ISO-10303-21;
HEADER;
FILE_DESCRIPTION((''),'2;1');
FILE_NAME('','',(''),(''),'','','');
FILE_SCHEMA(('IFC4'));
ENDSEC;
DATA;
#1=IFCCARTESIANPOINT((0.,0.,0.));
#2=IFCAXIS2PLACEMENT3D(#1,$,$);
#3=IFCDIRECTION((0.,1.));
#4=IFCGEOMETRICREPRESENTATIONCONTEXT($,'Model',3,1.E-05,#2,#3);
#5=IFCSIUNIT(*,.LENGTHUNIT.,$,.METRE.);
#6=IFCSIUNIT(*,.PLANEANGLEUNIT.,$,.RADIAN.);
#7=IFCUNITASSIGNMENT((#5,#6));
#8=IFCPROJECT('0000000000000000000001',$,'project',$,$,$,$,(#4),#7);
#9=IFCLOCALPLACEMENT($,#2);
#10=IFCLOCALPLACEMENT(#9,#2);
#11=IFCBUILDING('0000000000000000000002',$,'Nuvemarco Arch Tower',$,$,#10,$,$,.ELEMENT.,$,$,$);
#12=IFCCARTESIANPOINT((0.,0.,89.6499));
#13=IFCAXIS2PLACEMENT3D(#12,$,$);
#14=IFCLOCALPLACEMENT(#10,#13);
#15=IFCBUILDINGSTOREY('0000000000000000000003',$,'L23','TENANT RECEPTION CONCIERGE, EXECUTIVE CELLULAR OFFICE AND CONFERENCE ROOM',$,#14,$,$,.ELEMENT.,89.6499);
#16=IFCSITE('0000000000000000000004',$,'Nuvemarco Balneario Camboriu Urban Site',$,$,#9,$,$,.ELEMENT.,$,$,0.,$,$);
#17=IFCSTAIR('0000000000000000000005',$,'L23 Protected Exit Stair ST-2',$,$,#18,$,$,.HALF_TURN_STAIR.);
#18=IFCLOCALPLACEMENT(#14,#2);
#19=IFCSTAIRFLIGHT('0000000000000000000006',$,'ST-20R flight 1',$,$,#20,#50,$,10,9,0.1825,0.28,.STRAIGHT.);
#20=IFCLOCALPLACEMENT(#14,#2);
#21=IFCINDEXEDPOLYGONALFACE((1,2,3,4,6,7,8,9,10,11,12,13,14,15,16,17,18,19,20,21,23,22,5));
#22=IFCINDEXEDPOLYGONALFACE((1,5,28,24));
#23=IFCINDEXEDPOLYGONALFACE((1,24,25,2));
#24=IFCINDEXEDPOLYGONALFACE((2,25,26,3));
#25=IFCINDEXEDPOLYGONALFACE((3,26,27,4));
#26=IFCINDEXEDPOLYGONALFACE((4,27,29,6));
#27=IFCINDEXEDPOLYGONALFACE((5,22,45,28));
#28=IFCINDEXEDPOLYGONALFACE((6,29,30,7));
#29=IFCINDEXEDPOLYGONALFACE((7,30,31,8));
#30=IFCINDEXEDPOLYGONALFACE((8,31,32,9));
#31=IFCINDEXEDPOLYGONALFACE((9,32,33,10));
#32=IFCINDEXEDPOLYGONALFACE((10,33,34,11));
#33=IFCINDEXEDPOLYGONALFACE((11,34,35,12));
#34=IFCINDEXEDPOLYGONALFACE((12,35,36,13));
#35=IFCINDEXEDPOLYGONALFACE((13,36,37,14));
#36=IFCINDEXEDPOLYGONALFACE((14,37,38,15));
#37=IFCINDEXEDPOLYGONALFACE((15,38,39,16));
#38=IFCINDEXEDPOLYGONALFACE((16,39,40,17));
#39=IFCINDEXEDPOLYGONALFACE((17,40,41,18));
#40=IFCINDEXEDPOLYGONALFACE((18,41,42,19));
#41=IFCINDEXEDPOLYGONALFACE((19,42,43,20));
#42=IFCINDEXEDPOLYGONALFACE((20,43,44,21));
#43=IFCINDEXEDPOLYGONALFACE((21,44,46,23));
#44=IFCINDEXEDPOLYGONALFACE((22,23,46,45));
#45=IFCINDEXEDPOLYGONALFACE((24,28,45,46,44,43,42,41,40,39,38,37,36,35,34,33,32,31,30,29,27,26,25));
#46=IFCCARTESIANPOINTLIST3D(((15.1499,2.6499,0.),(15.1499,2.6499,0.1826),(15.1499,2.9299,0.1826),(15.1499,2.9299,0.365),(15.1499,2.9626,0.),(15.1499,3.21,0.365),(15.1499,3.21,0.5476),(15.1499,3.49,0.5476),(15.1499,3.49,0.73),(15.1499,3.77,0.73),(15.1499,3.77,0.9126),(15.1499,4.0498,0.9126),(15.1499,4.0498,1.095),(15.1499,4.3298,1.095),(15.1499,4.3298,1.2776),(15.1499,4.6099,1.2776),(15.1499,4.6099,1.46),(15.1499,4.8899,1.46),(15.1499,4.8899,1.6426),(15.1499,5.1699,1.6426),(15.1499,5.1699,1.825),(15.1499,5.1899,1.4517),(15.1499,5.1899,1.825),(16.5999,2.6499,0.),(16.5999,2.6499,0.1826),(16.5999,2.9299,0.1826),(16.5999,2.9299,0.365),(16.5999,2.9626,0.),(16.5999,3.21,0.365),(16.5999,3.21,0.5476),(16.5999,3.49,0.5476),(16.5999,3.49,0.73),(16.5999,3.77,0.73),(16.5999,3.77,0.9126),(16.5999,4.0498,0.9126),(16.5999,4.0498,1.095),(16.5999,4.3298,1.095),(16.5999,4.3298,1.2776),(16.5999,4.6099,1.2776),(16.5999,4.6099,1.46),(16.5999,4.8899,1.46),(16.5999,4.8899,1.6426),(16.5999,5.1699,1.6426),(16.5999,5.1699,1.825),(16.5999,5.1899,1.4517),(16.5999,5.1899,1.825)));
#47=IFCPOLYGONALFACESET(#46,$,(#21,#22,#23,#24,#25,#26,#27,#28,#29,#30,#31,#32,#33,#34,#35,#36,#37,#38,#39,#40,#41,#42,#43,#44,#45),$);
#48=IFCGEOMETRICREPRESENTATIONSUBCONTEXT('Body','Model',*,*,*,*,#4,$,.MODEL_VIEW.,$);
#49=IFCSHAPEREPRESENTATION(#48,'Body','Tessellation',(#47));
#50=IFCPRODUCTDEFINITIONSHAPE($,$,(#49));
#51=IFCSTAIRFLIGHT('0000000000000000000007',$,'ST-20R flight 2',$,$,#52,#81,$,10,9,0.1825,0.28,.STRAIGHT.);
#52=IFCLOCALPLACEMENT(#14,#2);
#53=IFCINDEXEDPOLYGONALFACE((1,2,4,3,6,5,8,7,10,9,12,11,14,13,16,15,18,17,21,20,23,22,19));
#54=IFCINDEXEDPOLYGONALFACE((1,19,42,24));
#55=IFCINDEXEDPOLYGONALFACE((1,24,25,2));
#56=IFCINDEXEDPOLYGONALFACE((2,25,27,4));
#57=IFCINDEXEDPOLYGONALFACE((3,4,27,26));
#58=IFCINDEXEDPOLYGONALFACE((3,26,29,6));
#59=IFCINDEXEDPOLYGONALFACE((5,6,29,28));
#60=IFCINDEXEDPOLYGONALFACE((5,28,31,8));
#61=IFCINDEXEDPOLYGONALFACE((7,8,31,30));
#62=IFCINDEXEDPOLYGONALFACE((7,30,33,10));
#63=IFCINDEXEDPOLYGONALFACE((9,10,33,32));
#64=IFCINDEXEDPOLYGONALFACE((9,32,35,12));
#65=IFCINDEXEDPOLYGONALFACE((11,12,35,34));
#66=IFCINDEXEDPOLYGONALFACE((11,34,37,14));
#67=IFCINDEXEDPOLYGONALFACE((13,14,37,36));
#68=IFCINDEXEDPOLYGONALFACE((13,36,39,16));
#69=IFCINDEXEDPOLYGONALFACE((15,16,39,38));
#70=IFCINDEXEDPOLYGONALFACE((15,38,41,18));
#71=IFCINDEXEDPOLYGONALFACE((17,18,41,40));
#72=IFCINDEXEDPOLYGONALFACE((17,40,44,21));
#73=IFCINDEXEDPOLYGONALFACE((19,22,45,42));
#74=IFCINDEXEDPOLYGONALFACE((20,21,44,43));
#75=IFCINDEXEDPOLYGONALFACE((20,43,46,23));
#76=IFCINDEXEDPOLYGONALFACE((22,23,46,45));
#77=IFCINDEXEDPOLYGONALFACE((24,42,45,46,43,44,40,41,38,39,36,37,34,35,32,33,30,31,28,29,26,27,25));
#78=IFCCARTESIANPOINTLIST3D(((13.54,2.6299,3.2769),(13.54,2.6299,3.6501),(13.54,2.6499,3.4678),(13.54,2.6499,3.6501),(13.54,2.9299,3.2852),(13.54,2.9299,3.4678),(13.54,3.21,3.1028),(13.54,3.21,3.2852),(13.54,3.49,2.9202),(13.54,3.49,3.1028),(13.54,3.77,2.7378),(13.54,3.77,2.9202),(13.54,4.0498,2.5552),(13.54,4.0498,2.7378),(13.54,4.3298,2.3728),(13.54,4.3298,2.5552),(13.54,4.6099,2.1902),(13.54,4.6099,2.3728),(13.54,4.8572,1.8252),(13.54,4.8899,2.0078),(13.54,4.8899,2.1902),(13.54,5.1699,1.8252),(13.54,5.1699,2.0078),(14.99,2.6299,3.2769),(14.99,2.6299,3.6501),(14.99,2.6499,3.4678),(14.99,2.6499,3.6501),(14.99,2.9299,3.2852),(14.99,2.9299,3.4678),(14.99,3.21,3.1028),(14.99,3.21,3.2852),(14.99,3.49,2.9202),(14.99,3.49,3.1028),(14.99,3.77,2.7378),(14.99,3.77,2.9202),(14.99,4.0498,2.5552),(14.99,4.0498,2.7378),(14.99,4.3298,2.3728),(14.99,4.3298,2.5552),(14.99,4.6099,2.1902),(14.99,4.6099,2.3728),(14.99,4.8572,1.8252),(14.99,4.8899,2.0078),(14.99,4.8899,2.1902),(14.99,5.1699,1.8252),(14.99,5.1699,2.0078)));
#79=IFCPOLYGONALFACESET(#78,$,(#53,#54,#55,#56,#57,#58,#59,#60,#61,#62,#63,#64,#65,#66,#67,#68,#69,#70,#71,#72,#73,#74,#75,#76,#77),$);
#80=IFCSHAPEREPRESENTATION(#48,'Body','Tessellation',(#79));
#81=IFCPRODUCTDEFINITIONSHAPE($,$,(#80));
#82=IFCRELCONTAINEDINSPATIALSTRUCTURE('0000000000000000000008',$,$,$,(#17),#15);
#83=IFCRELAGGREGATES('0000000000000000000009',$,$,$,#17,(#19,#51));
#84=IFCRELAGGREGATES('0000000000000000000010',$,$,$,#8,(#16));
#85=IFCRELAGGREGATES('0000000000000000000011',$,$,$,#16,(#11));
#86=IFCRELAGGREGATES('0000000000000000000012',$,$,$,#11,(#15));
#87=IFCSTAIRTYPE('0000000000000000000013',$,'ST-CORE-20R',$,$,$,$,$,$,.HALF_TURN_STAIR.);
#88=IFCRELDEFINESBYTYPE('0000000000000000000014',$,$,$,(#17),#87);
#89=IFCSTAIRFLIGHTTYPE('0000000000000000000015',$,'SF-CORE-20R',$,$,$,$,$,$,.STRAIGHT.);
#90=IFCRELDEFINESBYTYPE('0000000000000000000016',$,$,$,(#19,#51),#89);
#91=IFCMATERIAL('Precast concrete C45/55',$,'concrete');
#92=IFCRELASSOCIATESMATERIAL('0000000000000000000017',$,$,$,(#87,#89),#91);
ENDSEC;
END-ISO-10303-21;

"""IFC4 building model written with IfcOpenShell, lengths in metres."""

from ifc_helpers import new_model, si_unit, direction, frame, origin, place, context, subcontext, project, spatial, polyline, outline, extrude, material, type_object, element, aggregate, save


model = new_model("IFC4")

# Units and contexts
model_context = context("Model", 3, precision=1e-05, world=origin(), true_north=direction((0.0, 1.0)))
body_context = subcontext(model_context, "Body", "Model", "MODEL_VIEW")
ifc_project = project(units=[si_unit("LENGTHUNIT", "METRE"), si_unit("PLANEANGLEUNIT", "RADIAN")], contexts=[model_context])

# Site, building, storey
site_placement = place(None, origin())
site = spatial("IfcSite", under=ifc_project, at=site_placement, Name="Nuvemarco Balneario Camboriu Urban Site", CompositionType="ELEMENT", RefElevation=0.0)
building_placement = place(site_placement, origin())
building = spatial("IfcBuilding", under=site, at=building_placement, Name="Nuvemarco Arch Tower", CompositionType="ELEMENT")
storey_placement = place(building_placement, frame((0.0, 0.0, 89.6499)))
storey = spatial("IfcBuildingStorey", under=building, at=storey_placement, Name="L23", Description="TENANT RECEPTION CONCIERGE, EXECUTIVE CELLULAR OFFICE AND CONFERENCE ROOM", CompositionType="ELEMENT", Elevation=89.6499)

# Shared definitions
ifc_material_1 = material(Name="Precast concrete C45/55", Category="concrete")

# Stair, stair flights
stair_type = type_object("IfcStairType", Name="ST-CORE-20R", PredefinedType="HALF_TURN_STAIR", material=ifc_material_1)
stair_placement = place(storey_placement, origin())
stair = element("IfcStair", 1, at=stair_placement, inside=storey, type_object=stair_type, Name="L23 Protected Exit Stair ST-2", PredefinedType="HALF_TURN_STAIR")
stair_flight_type = type_object("IfcStairFlightType", Name="SF-CORE-20R", PredefinedType="STRAIGHT", material=ifc_material_1)
stair_flight_1_placement = place(storey_placement, frame((15.875, 2.6499, 0.0), z_axis=(0.0, 0.0, 1.0), x_axis=(0.0, 1.0, 0.0)))
stair_flight_1 = element("IfcStairFlight", 2, at=stair_flight_1_placement, type_object=stair_flight_type, Name="ST-20R flight 1", NumberOfRisers=10, NumberOfTreads=9, PredefinedType="STRAIGHT", RiserHeight=0.1825, TreadLength=0.28, context=body_context, shape_type="SweptSolid", body=[
    extrude(outline(polyline([(0.0, 0.0), (0.0, 0.1826), (0.28, 0.1826), (0.28, 0.365), (0.5601, 0.365), (0.5601, 0.5476), (0.8401, 0.5476), (0.8401, 0.73), (1.1201, 0.73), (1.1201, 0.9126), (1.3999, 0.9126), (1.3999, 1.095), (1.6799, 1.095), (1.6799, 1.2776), (1.96, 1.2776), (1.96, 1.46), (2.24, 1.46), (2.24, 1.6426), (2.52, 1.6426), (2.52, 1.825), (2.54, 1.825), (2.54, 1.4517), (0.3127, 0.0), (0.0, 0.0)])), frame((0.0, 0.7251, 0.0), z_axis=(0.0, -1.0, 0.0), x_axis=(1.0, 0.0, 0.0)), (0.0, 0.0, 1.0), 1.45),
])
stair_flight_2_placement = place(storey_placement, frame((14.2649, 5.1699, 1.8252), z_axis=(0.0, 0.0, 1.0), x_axis=(0.0, -1.0, 0.0)))
stair_flight_2 = element("IfcStairFlight", 3, at=stair_flight_2_placement, type_object=stair_flight_type, Name="ST-20R flight 2", NumberOfRisers=10, NumberOfTreads=9, PredefinedType="STRAIGHT", RiserHeight=0.1825, TreadLength=0.28, context=body_context, shape_type="SweptSolid", body=[
    extrude(outline(polyline([(0.0, 0.0), (0.0, 0.1826), (0.28, 0.1826), (0.28, 0.365), (0.5601, 0.365), (0.5601, 0.5476), (0.8401, 0.5476), (0.8401, 0.73), (1.1201, 0.73), (1.1201, 0.9126), (1.3999, 0.9126), (1.3999, 1.095), (1.6799, 1.095), (1.6799, 1.2776), (1.96, 1.2776), (1.96, 1.46), (2.24, 1.46), (2.24, 1.6426), (2.52, 1.6426), (2.52, 1.825), (2.54, 1.825), (2.54, 1.4517), (0.3127, 0.0), (0.0, 0.0)])), frame((0.0, 0.7251, 0.0), z_axis=(0.0, -1.0, 0.0), x_axis=(1.0, 0.0, 0.0)), (0.0, 0.0, 1.0), 1.45),
])
aggregate(stair, [stair_flight_1, stair_flight_2])

save(model, "model.ifc")
